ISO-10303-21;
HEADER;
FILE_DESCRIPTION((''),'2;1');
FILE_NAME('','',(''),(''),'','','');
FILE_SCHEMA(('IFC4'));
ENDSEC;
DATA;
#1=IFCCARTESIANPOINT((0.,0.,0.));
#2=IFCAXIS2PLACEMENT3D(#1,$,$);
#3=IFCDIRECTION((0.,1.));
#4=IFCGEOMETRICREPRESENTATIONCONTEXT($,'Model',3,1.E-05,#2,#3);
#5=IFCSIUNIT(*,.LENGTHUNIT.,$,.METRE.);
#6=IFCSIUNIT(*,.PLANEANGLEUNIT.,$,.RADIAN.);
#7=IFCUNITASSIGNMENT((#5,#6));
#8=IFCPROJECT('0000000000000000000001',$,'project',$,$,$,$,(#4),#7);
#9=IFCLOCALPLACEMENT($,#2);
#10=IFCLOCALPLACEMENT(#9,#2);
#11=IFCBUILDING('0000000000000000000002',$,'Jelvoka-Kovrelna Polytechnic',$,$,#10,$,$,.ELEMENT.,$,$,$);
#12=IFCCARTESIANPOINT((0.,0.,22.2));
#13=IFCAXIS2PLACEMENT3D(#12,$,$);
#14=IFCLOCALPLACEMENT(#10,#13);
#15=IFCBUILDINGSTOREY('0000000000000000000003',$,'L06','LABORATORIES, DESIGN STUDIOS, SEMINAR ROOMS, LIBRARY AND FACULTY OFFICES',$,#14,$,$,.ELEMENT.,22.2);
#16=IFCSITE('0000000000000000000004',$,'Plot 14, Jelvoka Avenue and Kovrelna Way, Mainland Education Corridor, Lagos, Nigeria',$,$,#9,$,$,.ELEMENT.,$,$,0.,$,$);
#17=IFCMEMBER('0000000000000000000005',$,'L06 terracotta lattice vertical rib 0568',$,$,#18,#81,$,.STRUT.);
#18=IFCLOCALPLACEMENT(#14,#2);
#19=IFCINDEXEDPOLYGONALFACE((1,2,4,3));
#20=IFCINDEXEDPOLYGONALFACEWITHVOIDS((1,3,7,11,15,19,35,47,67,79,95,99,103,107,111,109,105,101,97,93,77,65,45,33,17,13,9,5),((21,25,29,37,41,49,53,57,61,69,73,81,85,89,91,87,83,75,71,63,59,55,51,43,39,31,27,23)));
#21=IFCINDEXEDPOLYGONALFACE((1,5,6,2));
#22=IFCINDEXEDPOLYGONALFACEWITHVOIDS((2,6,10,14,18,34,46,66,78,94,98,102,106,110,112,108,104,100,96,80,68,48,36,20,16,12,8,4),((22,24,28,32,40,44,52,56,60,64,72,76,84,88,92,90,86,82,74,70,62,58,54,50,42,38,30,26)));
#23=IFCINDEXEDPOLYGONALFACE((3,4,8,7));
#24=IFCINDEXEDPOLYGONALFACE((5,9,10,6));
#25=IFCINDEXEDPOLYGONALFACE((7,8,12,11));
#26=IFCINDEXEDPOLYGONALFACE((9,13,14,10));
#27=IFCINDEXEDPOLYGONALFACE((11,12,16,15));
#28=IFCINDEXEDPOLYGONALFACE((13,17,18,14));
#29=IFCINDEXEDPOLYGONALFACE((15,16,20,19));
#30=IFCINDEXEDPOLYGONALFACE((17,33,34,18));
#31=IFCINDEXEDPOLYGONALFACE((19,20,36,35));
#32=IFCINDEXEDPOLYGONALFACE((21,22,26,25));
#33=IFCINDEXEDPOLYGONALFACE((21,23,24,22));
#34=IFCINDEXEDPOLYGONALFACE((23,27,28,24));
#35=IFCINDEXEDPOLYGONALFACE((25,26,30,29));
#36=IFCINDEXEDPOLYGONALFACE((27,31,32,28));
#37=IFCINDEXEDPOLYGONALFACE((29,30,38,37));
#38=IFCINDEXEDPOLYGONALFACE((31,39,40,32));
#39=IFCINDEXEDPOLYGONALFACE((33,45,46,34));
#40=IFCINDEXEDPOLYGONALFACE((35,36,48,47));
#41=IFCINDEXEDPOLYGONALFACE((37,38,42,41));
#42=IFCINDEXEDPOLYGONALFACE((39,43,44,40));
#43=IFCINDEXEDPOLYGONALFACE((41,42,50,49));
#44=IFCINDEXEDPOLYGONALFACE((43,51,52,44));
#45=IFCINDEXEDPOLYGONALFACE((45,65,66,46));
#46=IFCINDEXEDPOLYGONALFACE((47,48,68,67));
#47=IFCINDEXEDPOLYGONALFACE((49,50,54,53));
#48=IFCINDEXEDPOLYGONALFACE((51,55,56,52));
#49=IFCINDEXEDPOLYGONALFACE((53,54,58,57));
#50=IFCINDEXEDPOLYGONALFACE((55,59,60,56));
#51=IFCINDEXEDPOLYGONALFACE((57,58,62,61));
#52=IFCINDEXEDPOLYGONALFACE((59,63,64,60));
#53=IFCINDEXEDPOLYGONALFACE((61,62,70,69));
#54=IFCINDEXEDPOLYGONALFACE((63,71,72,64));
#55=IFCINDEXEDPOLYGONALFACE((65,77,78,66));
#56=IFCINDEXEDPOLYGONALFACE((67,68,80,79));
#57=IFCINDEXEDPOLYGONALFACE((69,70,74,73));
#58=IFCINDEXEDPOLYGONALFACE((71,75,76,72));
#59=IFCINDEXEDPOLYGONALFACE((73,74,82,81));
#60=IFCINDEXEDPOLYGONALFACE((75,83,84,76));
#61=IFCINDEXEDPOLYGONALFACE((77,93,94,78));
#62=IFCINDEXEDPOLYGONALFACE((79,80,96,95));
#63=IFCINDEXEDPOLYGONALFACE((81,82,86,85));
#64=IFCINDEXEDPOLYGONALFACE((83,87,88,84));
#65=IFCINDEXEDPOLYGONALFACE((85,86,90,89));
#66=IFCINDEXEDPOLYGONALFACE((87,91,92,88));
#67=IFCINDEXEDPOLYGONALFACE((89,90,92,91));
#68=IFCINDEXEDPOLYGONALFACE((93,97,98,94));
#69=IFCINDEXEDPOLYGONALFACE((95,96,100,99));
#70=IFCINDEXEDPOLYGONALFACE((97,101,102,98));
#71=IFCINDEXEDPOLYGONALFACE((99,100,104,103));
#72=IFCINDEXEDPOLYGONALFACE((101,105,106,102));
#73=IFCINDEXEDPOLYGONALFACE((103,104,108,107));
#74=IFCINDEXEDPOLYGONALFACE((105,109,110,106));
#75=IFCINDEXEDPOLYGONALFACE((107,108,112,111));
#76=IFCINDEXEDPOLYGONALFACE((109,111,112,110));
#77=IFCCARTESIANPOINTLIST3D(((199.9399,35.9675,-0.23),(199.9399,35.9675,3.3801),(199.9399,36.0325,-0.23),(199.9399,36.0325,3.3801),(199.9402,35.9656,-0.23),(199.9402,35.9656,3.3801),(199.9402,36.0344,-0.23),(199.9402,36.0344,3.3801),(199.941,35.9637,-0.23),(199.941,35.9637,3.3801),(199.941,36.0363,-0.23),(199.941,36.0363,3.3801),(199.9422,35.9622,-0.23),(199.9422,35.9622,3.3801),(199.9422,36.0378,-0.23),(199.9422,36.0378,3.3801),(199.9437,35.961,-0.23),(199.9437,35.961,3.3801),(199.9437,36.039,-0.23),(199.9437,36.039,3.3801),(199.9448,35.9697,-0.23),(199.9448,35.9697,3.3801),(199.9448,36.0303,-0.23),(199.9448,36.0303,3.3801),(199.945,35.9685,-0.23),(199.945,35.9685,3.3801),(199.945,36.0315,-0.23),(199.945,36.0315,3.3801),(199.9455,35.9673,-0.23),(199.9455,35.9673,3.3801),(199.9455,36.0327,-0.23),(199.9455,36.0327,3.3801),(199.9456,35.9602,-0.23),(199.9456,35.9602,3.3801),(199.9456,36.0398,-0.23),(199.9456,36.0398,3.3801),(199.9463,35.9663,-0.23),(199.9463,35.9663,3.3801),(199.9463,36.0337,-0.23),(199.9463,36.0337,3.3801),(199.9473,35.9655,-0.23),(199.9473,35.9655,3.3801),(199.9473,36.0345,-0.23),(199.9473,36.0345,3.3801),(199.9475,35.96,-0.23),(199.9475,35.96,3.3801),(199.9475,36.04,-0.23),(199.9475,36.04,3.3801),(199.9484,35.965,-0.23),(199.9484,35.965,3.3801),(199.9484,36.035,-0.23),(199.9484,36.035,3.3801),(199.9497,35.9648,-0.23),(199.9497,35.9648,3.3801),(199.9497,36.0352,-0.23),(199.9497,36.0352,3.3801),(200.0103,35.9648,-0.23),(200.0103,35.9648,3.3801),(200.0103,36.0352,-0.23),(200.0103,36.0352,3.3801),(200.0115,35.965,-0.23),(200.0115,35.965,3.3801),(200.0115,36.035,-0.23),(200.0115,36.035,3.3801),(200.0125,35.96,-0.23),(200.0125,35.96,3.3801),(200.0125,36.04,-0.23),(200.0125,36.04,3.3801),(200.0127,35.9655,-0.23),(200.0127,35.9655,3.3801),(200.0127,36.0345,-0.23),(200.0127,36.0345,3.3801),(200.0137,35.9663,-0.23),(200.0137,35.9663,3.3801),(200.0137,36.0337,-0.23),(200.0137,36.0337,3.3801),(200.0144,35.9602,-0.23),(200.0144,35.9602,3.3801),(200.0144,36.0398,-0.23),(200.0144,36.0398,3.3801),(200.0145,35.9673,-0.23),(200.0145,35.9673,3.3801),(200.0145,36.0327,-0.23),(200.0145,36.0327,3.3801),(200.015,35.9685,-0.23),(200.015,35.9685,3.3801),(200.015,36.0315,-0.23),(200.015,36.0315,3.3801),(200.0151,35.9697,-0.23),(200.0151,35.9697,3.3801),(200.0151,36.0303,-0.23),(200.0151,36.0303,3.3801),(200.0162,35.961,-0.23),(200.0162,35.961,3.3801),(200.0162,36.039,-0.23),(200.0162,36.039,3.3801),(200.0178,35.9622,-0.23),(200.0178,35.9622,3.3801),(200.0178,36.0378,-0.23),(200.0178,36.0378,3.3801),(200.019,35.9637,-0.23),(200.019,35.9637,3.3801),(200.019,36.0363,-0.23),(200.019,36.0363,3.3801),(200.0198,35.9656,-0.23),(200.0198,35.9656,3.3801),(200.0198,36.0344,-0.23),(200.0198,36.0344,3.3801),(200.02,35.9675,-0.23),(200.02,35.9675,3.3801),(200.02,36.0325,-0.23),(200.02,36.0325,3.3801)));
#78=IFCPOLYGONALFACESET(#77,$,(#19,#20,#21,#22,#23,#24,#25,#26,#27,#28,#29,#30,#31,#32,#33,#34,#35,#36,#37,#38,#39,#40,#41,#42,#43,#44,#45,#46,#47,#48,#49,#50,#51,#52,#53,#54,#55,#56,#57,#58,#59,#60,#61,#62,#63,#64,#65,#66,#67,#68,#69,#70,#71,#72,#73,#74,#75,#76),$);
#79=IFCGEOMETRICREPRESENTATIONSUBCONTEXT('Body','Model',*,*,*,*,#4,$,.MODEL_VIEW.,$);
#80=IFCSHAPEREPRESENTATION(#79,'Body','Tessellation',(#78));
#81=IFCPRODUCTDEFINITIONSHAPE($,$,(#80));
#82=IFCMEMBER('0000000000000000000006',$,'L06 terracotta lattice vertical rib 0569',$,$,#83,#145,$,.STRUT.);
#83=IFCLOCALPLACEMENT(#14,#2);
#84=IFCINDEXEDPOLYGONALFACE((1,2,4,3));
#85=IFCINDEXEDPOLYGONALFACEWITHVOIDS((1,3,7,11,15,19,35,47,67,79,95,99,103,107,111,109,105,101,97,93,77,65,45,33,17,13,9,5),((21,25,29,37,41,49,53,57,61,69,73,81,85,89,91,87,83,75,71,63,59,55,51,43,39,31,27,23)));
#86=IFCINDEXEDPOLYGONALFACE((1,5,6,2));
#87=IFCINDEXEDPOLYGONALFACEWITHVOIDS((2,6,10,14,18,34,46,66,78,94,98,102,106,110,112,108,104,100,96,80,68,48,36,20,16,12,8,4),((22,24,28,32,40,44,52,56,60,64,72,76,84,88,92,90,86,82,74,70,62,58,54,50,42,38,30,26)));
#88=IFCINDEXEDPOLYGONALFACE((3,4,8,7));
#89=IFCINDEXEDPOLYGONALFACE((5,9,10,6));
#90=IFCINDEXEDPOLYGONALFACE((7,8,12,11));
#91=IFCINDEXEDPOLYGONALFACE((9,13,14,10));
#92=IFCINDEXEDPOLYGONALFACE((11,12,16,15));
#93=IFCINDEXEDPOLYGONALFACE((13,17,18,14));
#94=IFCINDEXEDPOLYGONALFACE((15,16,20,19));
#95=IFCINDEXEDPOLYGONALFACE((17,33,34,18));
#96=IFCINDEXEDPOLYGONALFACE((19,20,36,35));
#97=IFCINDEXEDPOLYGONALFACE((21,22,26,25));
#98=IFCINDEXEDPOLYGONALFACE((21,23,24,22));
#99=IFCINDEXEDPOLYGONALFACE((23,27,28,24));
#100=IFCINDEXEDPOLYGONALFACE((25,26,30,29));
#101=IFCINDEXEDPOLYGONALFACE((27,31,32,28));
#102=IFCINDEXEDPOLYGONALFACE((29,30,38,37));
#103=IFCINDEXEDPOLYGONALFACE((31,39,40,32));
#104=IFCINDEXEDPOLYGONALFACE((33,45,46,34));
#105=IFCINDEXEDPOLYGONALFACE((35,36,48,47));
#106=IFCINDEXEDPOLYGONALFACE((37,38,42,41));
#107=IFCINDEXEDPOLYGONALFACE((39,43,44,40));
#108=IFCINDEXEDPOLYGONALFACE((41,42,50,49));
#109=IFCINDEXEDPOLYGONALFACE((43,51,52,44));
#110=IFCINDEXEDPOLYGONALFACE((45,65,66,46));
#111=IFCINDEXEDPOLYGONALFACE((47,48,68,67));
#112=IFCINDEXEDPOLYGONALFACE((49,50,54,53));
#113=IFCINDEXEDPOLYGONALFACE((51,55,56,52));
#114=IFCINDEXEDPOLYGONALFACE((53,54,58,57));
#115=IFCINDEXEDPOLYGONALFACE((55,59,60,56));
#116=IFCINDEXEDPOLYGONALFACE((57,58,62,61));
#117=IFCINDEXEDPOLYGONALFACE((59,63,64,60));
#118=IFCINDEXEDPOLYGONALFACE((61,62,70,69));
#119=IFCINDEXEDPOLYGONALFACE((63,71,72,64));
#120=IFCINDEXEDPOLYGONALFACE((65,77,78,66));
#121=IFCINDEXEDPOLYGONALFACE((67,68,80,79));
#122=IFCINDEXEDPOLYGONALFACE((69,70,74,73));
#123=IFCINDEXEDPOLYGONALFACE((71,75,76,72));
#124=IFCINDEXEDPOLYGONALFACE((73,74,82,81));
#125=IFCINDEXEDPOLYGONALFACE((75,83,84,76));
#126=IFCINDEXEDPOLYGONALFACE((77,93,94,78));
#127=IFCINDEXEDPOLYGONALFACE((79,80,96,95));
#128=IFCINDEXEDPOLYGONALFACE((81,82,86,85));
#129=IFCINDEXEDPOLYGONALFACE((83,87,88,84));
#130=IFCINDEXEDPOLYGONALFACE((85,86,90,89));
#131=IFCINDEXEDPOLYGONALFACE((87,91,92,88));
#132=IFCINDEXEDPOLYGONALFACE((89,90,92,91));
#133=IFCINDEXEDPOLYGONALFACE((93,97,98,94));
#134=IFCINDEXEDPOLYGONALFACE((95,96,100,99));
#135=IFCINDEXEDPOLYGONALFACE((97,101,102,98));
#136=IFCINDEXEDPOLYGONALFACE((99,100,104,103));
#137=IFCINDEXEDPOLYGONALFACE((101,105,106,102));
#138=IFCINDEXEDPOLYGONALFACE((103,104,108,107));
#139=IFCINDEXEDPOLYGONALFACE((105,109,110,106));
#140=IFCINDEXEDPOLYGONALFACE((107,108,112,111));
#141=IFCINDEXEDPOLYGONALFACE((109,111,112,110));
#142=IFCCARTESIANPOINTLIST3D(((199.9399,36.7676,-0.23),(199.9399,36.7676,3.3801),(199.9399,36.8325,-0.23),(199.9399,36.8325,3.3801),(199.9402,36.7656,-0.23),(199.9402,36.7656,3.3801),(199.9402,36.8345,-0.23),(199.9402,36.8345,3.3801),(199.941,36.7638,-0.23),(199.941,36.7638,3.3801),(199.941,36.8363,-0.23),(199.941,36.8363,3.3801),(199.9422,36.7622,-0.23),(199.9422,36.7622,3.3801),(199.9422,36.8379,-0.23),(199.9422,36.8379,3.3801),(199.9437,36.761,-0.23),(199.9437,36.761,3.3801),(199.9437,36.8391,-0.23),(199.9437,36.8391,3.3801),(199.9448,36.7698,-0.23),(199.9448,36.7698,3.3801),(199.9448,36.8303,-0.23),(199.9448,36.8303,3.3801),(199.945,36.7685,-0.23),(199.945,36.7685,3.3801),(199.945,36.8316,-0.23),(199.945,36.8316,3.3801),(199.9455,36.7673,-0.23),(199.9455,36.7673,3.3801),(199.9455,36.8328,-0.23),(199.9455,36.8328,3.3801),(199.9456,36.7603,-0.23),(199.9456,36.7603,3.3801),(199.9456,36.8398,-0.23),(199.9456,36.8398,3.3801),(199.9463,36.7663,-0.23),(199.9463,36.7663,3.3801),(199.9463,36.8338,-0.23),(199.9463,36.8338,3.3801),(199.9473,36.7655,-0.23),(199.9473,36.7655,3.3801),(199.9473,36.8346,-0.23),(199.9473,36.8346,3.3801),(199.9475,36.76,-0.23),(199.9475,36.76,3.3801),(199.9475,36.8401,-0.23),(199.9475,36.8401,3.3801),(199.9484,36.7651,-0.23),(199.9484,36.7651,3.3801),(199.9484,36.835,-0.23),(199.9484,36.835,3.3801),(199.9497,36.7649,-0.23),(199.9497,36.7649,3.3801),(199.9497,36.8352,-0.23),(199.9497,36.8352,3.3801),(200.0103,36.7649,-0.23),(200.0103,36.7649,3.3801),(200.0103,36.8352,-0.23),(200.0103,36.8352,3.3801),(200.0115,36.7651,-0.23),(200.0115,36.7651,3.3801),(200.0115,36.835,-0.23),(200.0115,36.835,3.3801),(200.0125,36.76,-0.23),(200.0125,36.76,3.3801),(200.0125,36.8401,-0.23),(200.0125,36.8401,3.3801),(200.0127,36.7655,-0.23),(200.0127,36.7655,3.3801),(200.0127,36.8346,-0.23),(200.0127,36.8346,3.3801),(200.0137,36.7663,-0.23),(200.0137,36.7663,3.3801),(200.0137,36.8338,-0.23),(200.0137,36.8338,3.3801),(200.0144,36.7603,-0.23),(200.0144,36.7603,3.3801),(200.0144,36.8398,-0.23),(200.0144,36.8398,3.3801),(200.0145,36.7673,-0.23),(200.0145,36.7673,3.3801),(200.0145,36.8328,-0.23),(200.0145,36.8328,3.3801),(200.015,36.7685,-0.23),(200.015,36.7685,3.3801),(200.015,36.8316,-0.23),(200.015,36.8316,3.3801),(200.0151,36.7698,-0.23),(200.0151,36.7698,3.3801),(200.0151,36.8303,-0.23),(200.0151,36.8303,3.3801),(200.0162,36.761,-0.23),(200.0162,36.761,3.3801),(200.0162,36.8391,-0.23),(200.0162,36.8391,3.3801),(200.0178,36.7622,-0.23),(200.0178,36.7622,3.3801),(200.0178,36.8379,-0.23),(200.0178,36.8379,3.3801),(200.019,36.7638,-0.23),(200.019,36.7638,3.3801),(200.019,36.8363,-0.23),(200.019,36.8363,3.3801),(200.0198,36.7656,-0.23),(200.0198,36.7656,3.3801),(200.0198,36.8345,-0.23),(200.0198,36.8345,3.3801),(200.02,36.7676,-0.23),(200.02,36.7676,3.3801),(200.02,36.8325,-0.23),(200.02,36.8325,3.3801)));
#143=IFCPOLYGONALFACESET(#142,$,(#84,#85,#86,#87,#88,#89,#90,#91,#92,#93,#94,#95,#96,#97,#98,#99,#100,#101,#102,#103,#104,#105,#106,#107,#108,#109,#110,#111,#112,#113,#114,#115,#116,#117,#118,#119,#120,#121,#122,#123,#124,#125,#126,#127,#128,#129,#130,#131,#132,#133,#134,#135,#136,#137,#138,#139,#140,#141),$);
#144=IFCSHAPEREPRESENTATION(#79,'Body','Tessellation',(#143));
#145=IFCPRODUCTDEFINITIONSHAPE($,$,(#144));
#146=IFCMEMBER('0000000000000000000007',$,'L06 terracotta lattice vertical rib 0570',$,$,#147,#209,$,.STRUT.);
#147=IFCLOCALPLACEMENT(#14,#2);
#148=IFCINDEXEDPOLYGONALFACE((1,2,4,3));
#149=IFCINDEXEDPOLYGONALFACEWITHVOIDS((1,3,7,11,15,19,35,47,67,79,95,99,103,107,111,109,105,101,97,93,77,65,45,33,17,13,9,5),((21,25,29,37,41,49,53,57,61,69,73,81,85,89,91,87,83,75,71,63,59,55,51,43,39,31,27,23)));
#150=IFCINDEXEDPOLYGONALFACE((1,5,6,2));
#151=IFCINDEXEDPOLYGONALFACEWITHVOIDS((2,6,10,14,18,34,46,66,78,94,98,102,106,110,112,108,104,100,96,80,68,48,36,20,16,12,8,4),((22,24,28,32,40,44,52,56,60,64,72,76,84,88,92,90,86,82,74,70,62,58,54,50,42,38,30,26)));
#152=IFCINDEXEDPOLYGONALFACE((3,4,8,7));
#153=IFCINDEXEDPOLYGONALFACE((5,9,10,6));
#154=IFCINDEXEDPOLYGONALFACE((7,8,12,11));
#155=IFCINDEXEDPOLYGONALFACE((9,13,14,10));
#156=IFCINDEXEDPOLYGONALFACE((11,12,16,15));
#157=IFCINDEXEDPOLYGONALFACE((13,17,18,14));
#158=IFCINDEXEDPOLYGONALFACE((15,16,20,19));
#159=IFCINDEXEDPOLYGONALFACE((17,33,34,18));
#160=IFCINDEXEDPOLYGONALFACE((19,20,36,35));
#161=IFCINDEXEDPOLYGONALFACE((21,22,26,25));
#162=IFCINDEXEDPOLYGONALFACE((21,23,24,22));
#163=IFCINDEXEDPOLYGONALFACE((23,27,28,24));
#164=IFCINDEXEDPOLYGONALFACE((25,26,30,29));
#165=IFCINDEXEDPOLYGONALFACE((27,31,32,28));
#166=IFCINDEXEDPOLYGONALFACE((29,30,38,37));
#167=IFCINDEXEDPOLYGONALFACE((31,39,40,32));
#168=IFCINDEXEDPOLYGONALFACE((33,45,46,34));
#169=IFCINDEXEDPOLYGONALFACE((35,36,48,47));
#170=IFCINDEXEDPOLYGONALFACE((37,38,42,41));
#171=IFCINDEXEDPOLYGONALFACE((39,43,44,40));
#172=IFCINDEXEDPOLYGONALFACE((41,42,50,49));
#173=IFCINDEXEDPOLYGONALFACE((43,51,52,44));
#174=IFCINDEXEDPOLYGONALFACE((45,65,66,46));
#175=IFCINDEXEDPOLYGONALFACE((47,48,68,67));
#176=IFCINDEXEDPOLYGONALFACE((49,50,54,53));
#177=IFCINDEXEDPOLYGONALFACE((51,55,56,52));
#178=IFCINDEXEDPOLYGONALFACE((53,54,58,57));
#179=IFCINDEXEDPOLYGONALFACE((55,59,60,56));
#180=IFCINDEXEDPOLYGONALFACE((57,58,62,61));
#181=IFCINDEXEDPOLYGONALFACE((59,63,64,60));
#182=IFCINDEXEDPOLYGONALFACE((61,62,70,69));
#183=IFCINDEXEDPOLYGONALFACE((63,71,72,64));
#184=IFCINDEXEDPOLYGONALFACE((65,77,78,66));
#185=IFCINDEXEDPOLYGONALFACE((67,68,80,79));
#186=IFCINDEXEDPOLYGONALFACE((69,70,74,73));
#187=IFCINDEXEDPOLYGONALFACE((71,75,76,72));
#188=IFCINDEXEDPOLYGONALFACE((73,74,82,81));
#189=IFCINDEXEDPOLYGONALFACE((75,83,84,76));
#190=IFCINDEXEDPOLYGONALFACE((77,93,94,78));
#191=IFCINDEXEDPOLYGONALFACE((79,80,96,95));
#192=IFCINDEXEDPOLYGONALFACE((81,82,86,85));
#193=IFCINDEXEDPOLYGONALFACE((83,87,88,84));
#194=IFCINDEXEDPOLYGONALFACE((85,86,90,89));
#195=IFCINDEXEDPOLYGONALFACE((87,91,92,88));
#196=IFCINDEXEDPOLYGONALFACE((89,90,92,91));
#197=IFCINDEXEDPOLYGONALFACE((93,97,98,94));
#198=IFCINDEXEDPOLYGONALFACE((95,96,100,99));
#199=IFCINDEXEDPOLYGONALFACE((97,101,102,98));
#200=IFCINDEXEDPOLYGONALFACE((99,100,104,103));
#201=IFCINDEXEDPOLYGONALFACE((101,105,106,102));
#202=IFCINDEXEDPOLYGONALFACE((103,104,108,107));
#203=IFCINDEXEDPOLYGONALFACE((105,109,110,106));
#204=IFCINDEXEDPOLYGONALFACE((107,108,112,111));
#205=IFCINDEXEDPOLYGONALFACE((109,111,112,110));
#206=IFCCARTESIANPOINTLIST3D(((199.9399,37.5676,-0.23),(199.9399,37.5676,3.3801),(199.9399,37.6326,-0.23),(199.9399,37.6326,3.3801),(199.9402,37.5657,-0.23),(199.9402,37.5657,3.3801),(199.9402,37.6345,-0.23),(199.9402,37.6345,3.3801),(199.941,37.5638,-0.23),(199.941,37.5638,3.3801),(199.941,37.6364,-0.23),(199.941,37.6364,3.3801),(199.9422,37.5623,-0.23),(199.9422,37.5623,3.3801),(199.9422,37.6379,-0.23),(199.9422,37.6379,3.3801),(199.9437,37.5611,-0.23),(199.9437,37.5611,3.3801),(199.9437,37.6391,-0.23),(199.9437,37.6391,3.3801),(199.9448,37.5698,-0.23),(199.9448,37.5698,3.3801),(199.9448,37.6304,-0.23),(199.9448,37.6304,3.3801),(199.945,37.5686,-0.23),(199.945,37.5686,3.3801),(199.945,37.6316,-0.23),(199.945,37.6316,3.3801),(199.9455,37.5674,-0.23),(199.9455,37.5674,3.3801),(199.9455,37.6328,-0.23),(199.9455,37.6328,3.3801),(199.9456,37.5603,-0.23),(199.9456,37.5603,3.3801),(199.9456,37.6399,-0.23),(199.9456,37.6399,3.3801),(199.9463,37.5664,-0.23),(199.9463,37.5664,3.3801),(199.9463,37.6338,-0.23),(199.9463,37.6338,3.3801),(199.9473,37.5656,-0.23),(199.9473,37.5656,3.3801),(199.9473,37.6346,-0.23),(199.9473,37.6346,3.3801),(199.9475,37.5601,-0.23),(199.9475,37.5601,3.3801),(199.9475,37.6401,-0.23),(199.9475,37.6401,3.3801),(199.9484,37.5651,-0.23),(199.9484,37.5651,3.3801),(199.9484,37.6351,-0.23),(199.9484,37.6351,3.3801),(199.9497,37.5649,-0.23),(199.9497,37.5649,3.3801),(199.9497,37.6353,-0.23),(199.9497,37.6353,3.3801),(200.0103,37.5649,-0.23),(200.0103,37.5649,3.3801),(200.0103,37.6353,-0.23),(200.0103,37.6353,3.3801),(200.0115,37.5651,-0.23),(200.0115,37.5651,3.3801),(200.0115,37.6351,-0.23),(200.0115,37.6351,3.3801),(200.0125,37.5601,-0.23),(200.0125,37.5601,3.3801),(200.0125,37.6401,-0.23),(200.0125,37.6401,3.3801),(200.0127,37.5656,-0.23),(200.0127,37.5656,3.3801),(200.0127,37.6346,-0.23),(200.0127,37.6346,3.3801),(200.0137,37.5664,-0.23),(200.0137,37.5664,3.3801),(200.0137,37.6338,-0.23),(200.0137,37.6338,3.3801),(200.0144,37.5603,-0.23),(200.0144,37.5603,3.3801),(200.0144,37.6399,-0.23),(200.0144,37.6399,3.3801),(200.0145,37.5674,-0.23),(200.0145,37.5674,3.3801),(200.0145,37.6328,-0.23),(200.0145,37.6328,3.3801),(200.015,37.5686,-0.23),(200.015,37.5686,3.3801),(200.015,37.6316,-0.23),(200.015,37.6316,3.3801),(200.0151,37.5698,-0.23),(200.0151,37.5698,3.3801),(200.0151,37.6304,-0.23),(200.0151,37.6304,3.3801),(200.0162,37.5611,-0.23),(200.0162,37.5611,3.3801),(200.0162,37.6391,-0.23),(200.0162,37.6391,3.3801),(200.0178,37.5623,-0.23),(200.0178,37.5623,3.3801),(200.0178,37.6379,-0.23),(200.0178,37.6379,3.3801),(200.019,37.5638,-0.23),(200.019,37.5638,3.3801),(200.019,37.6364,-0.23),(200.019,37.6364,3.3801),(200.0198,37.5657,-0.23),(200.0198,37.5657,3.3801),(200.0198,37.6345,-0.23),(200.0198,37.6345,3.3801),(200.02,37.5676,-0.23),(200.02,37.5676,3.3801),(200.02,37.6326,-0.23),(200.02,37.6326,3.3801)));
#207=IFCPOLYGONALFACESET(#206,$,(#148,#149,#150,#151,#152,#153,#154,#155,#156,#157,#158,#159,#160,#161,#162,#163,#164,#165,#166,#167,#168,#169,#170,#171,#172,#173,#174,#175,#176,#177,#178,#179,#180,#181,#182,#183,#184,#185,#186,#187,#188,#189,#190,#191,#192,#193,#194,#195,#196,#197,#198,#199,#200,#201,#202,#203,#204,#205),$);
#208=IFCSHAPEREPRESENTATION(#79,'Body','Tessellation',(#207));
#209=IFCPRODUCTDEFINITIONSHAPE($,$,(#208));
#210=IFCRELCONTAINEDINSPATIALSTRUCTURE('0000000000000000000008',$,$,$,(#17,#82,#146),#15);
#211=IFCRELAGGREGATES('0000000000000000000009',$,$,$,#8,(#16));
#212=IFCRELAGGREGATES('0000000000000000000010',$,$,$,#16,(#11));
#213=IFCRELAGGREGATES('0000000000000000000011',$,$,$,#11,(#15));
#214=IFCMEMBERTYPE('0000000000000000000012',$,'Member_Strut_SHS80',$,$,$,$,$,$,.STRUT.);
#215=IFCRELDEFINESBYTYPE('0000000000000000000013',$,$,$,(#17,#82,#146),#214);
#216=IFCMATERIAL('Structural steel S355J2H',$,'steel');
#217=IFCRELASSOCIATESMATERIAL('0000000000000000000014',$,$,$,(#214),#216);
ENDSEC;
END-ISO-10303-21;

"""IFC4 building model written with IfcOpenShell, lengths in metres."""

from ifc_helpers import new_model, si_unit, direction, frame, origin, origin_2d, place, context, subcontext, project, spatial, hollow_rectangle, extrude, material, material_profile, profile_set, type_object, element, save


model = new_model("IFC4")

# Units and contexts
model_context = context("Model", 3, precision=1e-05, world=origin(), true_north=direction((0.0, 1.0)))
body_context = subcontext(model_context, "Body", "Model", "MODEL_VIEW")
ifc_project = project(units=[si_unit("LENGTHUNIT", "METRE"), si_unit("PLANEANGLEUNIT", "RADIAN")], contexts=[model_context])

# Site, building, storey
site_placement = place(None, origin())
site = spatial("IfcSite", under=ifc_project, at=site_placement, Name="Plot 14, Jelvoka Avenue and Kovrelna Way, Mainland Education Corridor, Lagos, Nigeria", CompositionType="ELEMENT", RefElevation=0.0)
building_placement = place(site_placement, origin())
building = spatial("IfcBuilding", under=site, at=building_placement, Name="Jelvoka-Kovrelna Polytechnic", CompositionType="ELEMENT")
storey_placement = place(building_placement, frame((0.0, 0.0, 22.2)))
storey = spatial("IfcBuildingStorey", under=building, at=storey_placement, Name="L06", Description="LABORATORIES, DESIGN STUDIOS, SEMINAR ROOMS, LIBRARY AND FACULTY OFFICES", CompositionType="ELEMENT", Elevation=22.2)

# Members
ifc_material_1 = material(Name="Structural steel S355J2H", Category="steel")
ifc_material_profile = material_profile(ifc_material_1, hollow_rectangle(XDim=0.0801, YDim=0.0801, WallThickness=0.0049, InnerFilletRadius=0.0049, OuterFilletRadius=0.0076, at=origin_2d()), Name="80x80x5.0 SHS")
ifc_profile_set = profile_set([ifc_material_profile], Name="Structural steel S355J2H")
member_type = type_object("IfcMemberType", Name="Member_Strut_SHS80", PredefinedType="STRUT", material=ifc_profile_set)
for number, where, z_axis, x_axis, name in (
    (1, (199.98, 36.0, -0.23), (0.0, 0.0, 1.0), (1.0, 0.0, 0.0), "L06 terracotta lattice vertical rib 0568"),
    (2, (199.98, 36.8, -0.23), (0.0, 0.0, 1.0), (1.0, 0.0, 0.0), "L06 terracotta lattice vertical rib 0569"),
    (3, (199.98, 37.6001, -0.23), (0.0, 0.0, 1.0), (1.0, 0.0, 0.0), "L06 terracotta lattice vertical rib 0570"),
):
    element("IfcMember", number, at=place(storey_placement, frame(where, z_axis=z_axis, x_axis=x_axis)), inside=storey, type_object=member_type, Name=name, PredefinedType="STRUT", context=body_context, shape_type="SweptSolid", body=[
        extrude(hollow_rectangle(XDim=0.0801, YDim=0.0801, WallThickness=0.0049, InnerFilletRadius=0.0049, OuterFilletRadius=0.0076, at=origin_2d()), origin(), (0.0, 0.0, 1.0), 3.6101),
    ])

save(model, "model.ifc")
